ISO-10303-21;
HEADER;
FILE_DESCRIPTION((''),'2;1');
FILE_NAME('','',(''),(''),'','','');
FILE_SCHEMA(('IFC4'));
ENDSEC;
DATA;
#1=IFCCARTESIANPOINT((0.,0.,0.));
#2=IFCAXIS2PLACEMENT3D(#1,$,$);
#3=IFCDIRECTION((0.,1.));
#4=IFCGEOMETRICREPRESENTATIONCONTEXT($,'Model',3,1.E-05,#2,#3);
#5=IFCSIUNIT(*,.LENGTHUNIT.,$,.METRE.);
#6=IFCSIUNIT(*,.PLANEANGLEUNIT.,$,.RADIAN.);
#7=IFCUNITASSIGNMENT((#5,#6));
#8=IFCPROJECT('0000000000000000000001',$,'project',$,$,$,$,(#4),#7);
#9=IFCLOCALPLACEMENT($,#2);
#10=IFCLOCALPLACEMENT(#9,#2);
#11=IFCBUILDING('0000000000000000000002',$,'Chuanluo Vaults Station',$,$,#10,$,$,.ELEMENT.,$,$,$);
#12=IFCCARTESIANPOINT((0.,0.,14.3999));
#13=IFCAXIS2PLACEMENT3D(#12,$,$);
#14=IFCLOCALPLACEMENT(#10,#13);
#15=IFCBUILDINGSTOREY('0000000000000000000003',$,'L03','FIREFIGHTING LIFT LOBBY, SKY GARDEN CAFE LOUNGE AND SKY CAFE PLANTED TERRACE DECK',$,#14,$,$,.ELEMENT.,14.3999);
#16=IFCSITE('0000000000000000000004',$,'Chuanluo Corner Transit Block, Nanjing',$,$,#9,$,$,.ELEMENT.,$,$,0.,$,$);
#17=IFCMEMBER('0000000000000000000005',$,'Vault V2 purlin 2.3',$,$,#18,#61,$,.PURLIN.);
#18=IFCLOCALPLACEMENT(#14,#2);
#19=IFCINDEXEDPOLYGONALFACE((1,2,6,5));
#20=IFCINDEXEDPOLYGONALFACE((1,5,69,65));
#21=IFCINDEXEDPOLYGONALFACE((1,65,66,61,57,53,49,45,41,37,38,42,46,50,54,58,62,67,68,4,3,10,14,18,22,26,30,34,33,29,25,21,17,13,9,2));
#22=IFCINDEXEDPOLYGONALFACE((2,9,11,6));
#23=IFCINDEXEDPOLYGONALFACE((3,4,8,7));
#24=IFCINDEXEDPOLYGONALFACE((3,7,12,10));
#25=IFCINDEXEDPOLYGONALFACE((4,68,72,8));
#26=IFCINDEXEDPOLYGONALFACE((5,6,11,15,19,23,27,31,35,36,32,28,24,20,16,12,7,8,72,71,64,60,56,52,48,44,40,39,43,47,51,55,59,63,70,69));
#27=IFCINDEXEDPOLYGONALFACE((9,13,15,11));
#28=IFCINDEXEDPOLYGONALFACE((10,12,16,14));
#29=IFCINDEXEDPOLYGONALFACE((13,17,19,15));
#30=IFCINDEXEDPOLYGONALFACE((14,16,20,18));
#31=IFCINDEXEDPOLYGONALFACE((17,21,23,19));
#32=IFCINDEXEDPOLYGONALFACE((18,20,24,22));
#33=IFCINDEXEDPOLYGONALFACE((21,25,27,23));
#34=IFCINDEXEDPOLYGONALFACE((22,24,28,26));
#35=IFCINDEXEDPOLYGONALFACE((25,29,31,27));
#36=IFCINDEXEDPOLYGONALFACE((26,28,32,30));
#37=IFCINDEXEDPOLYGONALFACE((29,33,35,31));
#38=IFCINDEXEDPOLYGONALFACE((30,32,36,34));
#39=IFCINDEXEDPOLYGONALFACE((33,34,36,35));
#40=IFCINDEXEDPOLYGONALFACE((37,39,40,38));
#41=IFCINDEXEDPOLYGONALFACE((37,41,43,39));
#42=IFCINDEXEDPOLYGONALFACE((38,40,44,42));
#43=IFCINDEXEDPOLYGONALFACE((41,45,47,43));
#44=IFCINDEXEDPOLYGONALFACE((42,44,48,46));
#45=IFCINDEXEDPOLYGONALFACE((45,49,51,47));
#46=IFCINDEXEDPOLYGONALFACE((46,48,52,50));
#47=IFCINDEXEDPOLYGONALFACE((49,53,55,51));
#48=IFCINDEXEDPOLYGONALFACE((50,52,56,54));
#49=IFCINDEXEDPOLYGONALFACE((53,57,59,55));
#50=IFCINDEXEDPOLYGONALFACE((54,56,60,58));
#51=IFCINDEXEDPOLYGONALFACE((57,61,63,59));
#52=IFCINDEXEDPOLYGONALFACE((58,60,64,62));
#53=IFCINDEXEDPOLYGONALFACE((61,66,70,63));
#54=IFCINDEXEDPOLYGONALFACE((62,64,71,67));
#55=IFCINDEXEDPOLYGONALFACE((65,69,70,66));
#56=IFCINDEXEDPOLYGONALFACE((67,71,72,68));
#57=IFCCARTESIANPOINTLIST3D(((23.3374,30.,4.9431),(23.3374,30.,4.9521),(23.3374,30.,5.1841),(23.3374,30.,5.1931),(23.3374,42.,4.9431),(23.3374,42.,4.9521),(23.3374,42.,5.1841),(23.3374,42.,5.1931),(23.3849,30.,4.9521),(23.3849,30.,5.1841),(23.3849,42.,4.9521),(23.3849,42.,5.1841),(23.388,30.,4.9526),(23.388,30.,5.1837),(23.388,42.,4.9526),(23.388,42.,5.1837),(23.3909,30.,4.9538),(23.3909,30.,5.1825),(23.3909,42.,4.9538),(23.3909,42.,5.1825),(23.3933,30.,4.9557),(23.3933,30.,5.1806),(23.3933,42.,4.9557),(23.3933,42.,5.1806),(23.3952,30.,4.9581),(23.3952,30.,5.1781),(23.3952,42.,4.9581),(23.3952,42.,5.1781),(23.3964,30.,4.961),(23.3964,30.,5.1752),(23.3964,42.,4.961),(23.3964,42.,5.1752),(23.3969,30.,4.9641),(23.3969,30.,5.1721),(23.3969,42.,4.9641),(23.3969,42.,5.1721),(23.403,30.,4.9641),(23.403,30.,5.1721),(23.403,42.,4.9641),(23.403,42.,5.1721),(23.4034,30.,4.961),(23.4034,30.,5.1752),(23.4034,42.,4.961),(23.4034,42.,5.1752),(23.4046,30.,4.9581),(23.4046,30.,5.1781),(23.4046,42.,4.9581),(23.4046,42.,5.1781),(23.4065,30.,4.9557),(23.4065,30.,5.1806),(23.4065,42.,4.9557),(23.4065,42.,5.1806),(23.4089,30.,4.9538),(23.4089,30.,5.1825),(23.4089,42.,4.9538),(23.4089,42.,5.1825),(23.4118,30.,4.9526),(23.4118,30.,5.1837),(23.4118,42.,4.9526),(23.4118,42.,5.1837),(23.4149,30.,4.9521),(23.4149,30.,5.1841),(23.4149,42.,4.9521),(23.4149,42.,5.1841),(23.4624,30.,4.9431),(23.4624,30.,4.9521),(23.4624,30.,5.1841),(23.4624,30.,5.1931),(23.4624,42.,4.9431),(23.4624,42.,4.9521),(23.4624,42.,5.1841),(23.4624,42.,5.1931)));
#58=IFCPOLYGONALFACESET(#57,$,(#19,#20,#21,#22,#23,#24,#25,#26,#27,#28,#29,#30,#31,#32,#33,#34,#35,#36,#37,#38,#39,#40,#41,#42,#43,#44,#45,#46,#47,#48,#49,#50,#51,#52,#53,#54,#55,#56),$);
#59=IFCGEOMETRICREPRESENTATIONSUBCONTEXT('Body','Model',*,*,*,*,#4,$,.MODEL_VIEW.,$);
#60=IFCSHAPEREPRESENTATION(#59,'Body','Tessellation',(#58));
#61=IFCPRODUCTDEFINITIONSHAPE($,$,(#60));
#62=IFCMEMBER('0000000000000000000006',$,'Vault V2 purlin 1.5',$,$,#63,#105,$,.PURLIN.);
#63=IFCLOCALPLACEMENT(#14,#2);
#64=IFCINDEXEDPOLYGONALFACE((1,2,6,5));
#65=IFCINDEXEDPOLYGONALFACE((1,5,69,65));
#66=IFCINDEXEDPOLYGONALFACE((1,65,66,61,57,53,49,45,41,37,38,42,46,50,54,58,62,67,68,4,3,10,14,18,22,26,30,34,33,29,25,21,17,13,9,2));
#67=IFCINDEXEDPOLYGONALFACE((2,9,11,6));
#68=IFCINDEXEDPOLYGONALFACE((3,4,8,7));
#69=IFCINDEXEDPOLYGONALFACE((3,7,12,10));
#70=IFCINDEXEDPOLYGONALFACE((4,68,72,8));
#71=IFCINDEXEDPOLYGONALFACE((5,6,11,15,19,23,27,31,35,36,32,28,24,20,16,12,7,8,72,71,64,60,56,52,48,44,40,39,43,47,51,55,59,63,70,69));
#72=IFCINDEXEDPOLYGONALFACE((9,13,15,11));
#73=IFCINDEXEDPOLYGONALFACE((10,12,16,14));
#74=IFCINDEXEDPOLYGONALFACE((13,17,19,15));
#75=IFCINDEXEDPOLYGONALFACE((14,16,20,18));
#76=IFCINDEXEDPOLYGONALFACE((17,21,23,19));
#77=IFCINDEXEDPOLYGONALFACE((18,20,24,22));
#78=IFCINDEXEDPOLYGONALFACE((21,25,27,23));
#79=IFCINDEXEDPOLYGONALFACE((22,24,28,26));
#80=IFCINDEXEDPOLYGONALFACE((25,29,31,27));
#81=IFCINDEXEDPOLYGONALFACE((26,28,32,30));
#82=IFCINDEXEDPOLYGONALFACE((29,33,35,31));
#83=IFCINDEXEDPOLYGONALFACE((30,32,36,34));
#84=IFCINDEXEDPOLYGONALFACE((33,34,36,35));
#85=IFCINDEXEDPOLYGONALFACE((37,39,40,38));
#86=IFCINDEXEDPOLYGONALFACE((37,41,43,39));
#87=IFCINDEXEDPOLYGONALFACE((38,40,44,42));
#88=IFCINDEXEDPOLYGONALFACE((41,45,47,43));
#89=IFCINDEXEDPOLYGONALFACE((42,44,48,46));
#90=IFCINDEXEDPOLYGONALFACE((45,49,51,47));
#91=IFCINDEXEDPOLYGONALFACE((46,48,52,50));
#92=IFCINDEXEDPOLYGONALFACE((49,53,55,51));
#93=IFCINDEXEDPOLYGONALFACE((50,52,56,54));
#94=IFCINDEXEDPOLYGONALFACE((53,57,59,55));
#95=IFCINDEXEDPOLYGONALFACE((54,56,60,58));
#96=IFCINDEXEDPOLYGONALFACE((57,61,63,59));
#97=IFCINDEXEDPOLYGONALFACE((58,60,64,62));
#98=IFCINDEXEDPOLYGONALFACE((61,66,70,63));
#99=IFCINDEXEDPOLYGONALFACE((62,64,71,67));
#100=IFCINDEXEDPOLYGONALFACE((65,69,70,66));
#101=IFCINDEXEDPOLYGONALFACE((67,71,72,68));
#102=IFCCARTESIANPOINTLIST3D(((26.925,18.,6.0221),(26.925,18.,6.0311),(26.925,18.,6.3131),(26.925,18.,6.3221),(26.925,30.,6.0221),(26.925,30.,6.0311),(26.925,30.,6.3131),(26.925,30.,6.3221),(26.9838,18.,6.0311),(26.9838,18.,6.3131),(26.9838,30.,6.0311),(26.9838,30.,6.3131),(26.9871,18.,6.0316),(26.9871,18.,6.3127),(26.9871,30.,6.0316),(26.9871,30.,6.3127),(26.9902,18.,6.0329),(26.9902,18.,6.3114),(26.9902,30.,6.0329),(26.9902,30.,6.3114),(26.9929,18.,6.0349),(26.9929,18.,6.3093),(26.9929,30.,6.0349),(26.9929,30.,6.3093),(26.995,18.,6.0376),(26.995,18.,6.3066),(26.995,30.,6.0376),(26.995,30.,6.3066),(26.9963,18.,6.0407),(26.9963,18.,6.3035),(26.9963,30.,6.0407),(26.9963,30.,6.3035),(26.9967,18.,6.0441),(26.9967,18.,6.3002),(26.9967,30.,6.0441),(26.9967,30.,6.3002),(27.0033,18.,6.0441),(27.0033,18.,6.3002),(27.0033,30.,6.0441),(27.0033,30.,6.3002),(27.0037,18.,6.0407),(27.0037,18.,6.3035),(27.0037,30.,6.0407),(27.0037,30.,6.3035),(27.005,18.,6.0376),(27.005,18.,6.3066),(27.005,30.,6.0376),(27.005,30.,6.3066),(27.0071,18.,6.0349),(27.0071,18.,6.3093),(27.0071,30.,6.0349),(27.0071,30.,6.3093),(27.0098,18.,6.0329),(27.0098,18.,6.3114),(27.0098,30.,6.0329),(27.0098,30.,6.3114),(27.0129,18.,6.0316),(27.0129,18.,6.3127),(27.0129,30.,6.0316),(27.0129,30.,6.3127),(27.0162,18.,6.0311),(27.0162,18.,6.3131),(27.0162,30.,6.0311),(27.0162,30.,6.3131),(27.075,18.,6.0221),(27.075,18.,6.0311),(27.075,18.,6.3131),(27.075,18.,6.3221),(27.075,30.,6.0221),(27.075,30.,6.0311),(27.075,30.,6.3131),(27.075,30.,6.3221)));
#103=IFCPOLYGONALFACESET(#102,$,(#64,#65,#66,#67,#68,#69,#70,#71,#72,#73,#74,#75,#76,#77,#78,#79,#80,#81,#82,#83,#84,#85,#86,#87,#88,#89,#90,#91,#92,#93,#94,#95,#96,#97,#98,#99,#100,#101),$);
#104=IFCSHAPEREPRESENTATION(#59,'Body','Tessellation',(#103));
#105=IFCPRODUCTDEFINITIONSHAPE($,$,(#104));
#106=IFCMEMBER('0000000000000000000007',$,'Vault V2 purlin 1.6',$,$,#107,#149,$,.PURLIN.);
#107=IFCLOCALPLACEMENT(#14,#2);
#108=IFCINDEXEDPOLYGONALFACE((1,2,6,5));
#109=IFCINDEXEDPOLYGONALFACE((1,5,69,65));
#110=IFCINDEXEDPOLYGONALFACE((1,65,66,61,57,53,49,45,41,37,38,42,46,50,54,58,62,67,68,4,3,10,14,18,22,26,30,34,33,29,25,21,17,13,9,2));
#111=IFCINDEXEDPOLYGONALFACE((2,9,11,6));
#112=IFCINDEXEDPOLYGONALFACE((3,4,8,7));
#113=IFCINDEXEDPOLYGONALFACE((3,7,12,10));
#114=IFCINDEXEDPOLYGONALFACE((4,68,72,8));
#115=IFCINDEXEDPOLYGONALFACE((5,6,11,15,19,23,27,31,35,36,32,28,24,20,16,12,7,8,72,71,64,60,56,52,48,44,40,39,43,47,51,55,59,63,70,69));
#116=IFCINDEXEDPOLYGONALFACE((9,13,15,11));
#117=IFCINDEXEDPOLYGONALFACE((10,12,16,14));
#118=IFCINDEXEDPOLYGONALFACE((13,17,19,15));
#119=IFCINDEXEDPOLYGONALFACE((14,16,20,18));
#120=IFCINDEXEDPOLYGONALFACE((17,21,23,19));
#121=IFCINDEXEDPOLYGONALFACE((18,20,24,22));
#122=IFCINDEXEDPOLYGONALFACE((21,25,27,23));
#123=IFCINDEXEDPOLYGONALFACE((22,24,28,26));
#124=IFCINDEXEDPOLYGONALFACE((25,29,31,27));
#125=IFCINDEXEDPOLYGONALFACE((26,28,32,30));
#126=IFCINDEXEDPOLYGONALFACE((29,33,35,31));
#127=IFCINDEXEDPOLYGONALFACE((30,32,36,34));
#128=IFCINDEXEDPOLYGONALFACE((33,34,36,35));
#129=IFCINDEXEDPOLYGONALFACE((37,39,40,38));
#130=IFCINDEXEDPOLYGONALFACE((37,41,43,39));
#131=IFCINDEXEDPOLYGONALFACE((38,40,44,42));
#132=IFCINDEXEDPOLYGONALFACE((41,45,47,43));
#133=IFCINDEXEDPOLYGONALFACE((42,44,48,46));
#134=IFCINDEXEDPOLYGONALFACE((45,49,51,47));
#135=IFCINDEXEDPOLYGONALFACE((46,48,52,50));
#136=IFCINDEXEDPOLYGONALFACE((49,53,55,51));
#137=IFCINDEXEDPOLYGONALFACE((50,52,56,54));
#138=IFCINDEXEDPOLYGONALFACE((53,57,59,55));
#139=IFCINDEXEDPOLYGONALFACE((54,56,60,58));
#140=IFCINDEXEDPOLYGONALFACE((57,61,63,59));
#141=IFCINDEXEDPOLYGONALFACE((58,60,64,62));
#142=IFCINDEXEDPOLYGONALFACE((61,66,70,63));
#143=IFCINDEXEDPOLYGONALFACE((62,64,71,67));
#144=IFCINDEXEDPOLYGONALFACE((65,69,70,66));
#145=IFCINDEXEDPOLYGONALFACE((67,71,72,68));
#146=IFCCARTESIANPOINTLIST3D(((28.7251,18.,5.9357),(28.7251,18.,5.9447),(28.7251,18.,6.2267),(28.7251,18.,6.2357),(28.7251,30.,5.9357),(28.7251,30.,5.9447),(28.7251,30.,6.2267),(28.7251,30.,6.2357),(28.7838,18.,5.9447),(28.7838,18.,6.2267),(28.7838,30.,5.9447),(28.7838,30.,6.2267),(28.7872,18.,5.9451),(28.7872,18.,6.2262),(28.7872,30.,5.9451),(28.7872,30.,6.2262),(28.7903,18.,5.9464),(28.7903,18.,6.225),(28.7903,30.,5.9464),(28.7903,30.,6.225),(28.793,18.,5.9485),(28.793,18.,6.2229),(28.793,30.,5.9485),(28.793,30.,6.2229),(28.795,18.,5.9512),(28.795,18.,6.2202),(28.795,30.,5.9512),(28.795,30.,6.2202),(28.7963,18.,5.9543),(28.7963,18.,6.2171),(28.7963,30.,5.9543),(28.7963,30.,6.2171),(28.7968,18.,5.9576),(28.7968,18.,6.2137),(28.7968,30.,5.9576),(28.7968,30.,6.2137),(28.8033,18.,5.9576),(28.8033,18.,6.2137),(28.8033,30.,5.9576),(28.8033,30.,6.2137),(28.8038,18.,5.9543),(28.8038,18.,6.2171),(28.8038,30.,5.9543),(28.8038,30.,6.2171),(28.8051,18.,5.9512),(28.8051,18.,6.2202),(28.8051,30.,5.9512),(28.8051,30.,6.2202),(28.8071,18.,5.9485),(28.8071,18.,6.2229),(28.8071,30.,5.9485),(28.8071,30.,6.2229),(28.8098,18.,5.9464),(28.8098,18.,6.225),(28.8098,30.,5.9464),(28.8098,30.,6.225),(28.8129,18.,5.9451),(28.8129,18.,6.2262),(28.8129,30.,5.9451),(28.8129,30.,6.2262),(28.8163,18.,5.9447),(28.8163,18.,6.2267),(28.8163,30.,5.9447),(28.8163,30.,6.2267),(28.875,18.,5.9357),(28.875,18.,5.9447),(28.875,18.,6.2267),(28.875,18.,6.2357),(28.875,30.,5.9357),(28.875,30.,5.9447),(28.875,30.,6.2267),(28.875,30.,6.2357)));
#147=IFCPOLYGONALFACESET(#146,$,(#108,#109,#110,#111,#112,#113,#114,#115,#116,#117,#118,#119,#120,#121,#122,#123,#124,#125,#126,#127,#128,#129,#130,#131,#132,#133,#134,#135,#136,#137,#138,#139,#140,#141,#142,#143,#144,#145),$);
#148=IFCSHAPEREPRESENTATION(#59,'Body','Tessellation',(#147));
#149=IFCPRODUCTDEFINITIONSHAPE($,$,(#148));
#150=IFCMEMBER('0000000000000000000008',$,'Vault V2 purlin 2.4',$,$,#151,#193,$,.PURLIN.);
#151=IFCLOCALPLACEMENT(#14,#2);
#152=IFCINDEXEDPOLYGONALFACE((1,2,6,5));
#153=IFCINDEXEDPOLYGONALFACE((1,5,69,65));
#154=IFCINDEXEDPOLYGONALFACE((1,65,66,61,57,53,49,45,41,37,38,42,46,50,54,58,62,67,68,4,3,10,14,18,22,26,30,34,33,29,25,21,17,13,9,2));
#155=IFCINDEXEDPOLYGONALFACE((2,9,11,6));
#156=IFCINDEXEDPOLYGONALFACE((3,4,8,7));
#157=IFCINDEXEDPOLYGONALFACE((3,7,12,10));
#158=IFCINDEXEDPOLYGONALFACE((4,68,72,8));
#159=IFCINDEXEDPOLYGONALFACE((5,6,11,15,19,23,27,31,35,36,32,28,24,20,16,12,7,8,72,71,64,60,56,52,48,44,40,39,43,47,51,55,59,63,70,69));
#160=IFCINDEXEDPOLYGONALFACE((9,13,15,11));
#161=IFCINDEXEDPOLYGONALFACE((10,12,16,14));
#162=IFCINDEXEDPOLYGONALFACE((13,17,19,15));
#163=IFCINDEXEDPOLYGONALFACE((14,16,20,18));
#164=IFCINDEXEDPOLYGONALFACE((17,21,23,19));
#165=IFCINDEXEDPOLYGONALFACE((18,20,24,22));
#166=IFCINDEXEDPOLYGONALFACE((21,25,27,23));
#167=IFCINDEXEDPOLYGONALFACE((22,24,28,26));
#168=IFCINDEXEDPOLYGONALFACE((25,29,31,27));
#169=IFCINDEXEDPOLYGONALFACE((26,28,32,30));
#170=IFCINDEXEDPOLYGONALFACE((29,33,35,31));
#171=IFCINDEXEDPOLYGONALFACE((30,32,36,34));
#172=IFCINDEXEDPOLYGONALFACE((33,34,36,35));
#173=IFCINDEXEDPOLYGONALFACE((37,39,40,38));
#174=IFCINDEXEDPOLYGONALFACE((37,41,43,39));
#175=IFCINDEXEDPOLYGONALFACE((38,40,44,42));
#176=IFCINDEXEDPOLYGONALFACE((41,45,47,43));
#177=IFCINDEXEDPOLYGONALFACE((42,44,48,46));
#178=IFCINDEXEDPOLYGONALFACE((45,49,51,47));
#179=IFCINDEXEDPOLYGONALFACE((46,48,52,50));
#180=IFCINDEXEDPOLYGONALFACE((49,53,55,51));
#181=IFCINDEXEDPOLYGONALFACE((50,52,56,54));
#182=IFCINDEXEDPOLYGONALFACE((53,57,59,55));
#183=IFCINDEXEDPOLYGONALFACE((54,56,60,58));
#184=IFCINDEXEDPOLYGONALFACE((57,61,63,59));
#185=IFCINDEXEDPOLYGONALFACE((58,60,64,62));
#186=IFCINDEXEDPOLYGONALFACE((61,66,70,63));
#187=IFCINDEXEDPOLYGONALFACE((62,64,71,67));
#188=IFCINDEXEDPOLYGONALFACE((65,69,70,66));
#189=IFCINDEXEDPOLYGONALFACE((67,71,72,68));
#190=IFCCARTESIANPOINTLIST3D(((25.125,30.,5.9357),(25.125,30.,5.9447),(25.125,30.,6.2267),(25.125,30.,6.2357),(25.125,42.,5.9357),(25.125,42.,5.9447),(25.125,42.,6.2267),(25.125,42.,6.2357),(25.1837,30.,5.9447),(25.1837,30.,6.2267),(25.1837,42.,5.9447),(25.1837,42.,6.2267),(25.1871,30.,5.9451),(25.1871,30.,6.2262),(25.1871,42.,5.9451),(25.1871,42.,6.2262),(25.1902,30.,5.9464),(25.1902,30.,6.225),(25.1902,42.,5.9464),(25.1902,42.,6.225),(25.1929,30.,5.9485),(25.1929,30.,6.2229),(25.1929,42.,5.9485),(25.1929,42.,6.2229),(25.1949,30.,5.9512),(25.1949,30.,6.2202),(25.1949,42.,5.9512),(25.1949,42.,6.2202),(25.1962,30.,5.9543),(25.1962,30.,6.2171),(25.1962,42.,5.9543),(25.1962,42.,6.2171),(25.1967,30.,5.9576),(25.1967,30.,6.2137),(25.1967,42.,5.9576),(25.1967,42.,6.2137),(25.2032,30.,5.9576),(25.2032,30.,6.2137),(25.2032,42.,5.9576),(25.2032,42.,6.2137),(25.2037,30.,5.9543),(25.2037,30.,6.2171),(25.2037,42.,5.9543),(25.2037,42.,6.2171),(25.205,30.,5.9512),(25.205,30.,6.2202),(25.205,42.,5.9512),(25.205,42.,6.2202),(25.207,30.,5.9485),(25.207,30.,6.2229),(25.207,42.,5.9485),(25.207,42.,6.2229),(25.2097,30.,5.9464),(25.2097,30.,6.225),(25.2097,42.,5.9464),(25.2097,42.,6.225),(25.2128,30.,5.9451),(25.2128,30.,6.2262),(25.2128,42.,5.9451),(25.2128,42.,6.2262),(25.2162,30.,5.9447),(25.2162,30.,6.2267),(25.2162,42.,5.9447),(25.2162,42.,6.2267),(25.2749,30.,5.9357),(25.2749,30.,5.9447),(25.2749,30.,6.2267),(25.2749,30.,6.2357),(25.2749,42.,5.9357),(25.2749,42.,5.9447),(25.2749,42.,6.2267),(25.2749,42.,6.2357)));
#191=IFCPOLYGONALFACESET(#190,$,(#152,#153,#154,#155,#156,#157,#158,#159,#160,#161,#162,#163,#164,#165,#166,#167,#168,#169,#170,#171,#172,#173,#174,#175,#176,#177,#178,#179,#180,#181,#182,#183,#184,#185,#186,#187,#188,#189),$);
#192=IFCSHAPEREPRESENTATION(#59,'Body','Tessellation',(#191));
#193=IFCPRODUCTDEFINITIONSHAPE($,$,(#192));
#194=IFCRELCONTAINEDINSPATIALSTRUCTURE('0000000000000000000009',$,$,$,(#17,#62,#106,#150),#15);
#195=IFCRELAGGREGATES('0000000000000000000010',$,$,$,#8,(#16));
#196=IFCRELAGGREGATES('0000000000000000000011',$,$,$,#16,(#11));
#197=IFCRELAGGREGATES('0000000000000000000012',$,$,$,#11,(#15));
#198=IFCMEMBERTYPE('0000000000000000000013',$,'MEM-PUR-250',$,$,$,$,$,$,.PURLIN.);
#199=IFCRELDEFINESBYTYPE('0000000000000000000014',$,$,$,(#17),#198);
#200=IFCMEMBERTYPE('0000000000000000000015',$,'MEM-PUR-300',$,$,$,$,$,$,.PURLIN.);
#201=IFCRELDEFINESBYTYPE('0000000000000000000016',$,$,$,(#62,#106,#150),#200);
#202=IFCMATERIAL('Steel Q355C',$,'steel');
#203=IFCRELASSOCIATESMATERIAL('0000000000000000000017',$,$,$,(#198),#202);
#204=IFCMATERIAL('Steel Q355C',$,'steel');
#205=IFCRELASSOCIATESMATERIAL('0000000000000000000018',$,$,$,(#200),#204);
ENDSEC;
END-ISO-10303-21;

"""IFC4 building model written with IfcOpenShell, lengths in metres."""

from ifc_helpers import new_model, si_unit, direction, frame, origin, origin_2d, place, context, subcontext, project, spatial, i_section, extrude, material, material_profile, profile_set, type_object, element, save


model = new_model("IFC4")

# Units and contexts
model_context = context("Model", 3, precision=1e-05, world=origin(), true_north=direction((0.0, 1.0)))
body_context = subcontext(model_context, "Body", "Model", "MODEL_VIEW")
ifc_project = project(units=[si_unit("LENGTHUNIT", "METRE"), si_unit("PLANEANGLEUNIT", "RADIAN")], contexts=[model_context])

# Site, building, storey
site_placement = place(None, origin())
site = spatial("IfcSite", under=ifc_project, at=site_placement, Name="Chuanluo Corner Transit Block, Nanjing", CompositionType="ELEMENT", RefElevation=0.0)
building_placement = place(site_placement, origin())
building = spatial("IfcBuilding", under=site, at=building_placement, Name="Chuanluo Vaults Station", CompositionType="ELEMENT")
storey_placement = place(building_placement, frame((0.0, 0.0, 14.3999)))
storey = spatial("IfcBuildingStorey", under=building, at=storey_placement, Name="L03", Description="FIREFIGHTING LIFT LOBBY, SKY GARDEN CAFE LOUNGE AND SKY CAFE PLANTED TERRACE DECK", CompositionType="ELEMENT", Elevation=14.3999)

# Members
ifc_material_1 = material(Name="Steel Q355C", Category="steel")
ifc_material_profile_1 = material_profile(ifc_material_1, i_section(OverallWidth=0.125, OverallDepth=0.25, WebThickness=0.0061, FlangeThickness=0.009, FilletRadius=0.012, at=origin_2d()))
ifc_profile_set_1 = profile_set([ifc_material_profile_1], Name="Steel Q355C")
member_type_1 = type_object("IfcMemberType", Name="MEM-PUR-250", PredefinedType="PURLIN", material=ifc_profile_set_1)
for number, where, z_axis, x_axis, name in (
    (1, (23.3999, 30.0, 5.0681), (0.0, 1.0, 0.0), (-1.0, 0.0, 0.0), "Vault V2 purlin 2.3"),
):
    element("IfcMember", number, at=place(storey_placement, frame(where, z_axis=z_axis, x_axis=x_axis)), inside=storey, type_object=member_type_1, Name=name, PredefinedType="PURLIN", context=body_context, shape_type="SweptSolid", body=[
        extrude(i_section(OverallWidth=0.125, OverallDepth=0.25, WebThickness=0.0061, FlangeThickness=0.009, FilletRadius=0.012, at=origin_2d()), origin(), (0.0, 0.0, 1.0), 12.0),
    ])
ifc_material_2 = material(Name="Steel Q355C", Category="steel")
ifc_material_profile_2 = material_profile(ifc_material_2, i_section(OverallWidth=0.1499, OverallDepth=0.3, WebThickness=0.0066, FlangeThickness=0.009, FilletRadius=0.0129, at=origin_2d()))
ifc_profile_set_2 = profile_set([ifc_material_profile_2], Name="Steel Q355C")
member_type_2 = type_object("IfcMemberType", Name="MEM-PUR-300", PredefinedType="PURLIN", material=ifc_profile_set_2)
for number, where, z_axis, x_axis, name in (
    (2, (27.0, 18.0, 6.1721), (0.0, 1.0, 0.0), (-1.0, 0.0, 0.0), "Vault V2 purlin 1.5"),
    (3, (28.8, 18.0, 6.0857), (0.0, 1.0, 0.0), (-1.0, 0.0, 0.0), "Vault V2 purlin 1.6"),
    (4, (25.2, 30.0, 6.0857), (0.0, 1.0, 0.0), (-1.0, 0.0, 0.0), "Vault V2 purlin 2.4"),
):
    element("IfcMember", number, at=place(storey_placement, frame(where, z_axis=z_axis, x_axis=x_axis)), inside=storey, type_object=member_type_2, Name=name, PredefinedType="PURLIN", context=body_context, shape_type="SweptSolid", body=[
        extrude(i_section(OverallWidth=0.1499, OverallDepth=0.3, WebThickness=0.0066, FlangeThickness=0.009, FilletRadius=0.0129, at=origin_2d()), origin(), (0.0, 0.0, 1.0), 12.0),
    ])

save(model, "model.ifc")
